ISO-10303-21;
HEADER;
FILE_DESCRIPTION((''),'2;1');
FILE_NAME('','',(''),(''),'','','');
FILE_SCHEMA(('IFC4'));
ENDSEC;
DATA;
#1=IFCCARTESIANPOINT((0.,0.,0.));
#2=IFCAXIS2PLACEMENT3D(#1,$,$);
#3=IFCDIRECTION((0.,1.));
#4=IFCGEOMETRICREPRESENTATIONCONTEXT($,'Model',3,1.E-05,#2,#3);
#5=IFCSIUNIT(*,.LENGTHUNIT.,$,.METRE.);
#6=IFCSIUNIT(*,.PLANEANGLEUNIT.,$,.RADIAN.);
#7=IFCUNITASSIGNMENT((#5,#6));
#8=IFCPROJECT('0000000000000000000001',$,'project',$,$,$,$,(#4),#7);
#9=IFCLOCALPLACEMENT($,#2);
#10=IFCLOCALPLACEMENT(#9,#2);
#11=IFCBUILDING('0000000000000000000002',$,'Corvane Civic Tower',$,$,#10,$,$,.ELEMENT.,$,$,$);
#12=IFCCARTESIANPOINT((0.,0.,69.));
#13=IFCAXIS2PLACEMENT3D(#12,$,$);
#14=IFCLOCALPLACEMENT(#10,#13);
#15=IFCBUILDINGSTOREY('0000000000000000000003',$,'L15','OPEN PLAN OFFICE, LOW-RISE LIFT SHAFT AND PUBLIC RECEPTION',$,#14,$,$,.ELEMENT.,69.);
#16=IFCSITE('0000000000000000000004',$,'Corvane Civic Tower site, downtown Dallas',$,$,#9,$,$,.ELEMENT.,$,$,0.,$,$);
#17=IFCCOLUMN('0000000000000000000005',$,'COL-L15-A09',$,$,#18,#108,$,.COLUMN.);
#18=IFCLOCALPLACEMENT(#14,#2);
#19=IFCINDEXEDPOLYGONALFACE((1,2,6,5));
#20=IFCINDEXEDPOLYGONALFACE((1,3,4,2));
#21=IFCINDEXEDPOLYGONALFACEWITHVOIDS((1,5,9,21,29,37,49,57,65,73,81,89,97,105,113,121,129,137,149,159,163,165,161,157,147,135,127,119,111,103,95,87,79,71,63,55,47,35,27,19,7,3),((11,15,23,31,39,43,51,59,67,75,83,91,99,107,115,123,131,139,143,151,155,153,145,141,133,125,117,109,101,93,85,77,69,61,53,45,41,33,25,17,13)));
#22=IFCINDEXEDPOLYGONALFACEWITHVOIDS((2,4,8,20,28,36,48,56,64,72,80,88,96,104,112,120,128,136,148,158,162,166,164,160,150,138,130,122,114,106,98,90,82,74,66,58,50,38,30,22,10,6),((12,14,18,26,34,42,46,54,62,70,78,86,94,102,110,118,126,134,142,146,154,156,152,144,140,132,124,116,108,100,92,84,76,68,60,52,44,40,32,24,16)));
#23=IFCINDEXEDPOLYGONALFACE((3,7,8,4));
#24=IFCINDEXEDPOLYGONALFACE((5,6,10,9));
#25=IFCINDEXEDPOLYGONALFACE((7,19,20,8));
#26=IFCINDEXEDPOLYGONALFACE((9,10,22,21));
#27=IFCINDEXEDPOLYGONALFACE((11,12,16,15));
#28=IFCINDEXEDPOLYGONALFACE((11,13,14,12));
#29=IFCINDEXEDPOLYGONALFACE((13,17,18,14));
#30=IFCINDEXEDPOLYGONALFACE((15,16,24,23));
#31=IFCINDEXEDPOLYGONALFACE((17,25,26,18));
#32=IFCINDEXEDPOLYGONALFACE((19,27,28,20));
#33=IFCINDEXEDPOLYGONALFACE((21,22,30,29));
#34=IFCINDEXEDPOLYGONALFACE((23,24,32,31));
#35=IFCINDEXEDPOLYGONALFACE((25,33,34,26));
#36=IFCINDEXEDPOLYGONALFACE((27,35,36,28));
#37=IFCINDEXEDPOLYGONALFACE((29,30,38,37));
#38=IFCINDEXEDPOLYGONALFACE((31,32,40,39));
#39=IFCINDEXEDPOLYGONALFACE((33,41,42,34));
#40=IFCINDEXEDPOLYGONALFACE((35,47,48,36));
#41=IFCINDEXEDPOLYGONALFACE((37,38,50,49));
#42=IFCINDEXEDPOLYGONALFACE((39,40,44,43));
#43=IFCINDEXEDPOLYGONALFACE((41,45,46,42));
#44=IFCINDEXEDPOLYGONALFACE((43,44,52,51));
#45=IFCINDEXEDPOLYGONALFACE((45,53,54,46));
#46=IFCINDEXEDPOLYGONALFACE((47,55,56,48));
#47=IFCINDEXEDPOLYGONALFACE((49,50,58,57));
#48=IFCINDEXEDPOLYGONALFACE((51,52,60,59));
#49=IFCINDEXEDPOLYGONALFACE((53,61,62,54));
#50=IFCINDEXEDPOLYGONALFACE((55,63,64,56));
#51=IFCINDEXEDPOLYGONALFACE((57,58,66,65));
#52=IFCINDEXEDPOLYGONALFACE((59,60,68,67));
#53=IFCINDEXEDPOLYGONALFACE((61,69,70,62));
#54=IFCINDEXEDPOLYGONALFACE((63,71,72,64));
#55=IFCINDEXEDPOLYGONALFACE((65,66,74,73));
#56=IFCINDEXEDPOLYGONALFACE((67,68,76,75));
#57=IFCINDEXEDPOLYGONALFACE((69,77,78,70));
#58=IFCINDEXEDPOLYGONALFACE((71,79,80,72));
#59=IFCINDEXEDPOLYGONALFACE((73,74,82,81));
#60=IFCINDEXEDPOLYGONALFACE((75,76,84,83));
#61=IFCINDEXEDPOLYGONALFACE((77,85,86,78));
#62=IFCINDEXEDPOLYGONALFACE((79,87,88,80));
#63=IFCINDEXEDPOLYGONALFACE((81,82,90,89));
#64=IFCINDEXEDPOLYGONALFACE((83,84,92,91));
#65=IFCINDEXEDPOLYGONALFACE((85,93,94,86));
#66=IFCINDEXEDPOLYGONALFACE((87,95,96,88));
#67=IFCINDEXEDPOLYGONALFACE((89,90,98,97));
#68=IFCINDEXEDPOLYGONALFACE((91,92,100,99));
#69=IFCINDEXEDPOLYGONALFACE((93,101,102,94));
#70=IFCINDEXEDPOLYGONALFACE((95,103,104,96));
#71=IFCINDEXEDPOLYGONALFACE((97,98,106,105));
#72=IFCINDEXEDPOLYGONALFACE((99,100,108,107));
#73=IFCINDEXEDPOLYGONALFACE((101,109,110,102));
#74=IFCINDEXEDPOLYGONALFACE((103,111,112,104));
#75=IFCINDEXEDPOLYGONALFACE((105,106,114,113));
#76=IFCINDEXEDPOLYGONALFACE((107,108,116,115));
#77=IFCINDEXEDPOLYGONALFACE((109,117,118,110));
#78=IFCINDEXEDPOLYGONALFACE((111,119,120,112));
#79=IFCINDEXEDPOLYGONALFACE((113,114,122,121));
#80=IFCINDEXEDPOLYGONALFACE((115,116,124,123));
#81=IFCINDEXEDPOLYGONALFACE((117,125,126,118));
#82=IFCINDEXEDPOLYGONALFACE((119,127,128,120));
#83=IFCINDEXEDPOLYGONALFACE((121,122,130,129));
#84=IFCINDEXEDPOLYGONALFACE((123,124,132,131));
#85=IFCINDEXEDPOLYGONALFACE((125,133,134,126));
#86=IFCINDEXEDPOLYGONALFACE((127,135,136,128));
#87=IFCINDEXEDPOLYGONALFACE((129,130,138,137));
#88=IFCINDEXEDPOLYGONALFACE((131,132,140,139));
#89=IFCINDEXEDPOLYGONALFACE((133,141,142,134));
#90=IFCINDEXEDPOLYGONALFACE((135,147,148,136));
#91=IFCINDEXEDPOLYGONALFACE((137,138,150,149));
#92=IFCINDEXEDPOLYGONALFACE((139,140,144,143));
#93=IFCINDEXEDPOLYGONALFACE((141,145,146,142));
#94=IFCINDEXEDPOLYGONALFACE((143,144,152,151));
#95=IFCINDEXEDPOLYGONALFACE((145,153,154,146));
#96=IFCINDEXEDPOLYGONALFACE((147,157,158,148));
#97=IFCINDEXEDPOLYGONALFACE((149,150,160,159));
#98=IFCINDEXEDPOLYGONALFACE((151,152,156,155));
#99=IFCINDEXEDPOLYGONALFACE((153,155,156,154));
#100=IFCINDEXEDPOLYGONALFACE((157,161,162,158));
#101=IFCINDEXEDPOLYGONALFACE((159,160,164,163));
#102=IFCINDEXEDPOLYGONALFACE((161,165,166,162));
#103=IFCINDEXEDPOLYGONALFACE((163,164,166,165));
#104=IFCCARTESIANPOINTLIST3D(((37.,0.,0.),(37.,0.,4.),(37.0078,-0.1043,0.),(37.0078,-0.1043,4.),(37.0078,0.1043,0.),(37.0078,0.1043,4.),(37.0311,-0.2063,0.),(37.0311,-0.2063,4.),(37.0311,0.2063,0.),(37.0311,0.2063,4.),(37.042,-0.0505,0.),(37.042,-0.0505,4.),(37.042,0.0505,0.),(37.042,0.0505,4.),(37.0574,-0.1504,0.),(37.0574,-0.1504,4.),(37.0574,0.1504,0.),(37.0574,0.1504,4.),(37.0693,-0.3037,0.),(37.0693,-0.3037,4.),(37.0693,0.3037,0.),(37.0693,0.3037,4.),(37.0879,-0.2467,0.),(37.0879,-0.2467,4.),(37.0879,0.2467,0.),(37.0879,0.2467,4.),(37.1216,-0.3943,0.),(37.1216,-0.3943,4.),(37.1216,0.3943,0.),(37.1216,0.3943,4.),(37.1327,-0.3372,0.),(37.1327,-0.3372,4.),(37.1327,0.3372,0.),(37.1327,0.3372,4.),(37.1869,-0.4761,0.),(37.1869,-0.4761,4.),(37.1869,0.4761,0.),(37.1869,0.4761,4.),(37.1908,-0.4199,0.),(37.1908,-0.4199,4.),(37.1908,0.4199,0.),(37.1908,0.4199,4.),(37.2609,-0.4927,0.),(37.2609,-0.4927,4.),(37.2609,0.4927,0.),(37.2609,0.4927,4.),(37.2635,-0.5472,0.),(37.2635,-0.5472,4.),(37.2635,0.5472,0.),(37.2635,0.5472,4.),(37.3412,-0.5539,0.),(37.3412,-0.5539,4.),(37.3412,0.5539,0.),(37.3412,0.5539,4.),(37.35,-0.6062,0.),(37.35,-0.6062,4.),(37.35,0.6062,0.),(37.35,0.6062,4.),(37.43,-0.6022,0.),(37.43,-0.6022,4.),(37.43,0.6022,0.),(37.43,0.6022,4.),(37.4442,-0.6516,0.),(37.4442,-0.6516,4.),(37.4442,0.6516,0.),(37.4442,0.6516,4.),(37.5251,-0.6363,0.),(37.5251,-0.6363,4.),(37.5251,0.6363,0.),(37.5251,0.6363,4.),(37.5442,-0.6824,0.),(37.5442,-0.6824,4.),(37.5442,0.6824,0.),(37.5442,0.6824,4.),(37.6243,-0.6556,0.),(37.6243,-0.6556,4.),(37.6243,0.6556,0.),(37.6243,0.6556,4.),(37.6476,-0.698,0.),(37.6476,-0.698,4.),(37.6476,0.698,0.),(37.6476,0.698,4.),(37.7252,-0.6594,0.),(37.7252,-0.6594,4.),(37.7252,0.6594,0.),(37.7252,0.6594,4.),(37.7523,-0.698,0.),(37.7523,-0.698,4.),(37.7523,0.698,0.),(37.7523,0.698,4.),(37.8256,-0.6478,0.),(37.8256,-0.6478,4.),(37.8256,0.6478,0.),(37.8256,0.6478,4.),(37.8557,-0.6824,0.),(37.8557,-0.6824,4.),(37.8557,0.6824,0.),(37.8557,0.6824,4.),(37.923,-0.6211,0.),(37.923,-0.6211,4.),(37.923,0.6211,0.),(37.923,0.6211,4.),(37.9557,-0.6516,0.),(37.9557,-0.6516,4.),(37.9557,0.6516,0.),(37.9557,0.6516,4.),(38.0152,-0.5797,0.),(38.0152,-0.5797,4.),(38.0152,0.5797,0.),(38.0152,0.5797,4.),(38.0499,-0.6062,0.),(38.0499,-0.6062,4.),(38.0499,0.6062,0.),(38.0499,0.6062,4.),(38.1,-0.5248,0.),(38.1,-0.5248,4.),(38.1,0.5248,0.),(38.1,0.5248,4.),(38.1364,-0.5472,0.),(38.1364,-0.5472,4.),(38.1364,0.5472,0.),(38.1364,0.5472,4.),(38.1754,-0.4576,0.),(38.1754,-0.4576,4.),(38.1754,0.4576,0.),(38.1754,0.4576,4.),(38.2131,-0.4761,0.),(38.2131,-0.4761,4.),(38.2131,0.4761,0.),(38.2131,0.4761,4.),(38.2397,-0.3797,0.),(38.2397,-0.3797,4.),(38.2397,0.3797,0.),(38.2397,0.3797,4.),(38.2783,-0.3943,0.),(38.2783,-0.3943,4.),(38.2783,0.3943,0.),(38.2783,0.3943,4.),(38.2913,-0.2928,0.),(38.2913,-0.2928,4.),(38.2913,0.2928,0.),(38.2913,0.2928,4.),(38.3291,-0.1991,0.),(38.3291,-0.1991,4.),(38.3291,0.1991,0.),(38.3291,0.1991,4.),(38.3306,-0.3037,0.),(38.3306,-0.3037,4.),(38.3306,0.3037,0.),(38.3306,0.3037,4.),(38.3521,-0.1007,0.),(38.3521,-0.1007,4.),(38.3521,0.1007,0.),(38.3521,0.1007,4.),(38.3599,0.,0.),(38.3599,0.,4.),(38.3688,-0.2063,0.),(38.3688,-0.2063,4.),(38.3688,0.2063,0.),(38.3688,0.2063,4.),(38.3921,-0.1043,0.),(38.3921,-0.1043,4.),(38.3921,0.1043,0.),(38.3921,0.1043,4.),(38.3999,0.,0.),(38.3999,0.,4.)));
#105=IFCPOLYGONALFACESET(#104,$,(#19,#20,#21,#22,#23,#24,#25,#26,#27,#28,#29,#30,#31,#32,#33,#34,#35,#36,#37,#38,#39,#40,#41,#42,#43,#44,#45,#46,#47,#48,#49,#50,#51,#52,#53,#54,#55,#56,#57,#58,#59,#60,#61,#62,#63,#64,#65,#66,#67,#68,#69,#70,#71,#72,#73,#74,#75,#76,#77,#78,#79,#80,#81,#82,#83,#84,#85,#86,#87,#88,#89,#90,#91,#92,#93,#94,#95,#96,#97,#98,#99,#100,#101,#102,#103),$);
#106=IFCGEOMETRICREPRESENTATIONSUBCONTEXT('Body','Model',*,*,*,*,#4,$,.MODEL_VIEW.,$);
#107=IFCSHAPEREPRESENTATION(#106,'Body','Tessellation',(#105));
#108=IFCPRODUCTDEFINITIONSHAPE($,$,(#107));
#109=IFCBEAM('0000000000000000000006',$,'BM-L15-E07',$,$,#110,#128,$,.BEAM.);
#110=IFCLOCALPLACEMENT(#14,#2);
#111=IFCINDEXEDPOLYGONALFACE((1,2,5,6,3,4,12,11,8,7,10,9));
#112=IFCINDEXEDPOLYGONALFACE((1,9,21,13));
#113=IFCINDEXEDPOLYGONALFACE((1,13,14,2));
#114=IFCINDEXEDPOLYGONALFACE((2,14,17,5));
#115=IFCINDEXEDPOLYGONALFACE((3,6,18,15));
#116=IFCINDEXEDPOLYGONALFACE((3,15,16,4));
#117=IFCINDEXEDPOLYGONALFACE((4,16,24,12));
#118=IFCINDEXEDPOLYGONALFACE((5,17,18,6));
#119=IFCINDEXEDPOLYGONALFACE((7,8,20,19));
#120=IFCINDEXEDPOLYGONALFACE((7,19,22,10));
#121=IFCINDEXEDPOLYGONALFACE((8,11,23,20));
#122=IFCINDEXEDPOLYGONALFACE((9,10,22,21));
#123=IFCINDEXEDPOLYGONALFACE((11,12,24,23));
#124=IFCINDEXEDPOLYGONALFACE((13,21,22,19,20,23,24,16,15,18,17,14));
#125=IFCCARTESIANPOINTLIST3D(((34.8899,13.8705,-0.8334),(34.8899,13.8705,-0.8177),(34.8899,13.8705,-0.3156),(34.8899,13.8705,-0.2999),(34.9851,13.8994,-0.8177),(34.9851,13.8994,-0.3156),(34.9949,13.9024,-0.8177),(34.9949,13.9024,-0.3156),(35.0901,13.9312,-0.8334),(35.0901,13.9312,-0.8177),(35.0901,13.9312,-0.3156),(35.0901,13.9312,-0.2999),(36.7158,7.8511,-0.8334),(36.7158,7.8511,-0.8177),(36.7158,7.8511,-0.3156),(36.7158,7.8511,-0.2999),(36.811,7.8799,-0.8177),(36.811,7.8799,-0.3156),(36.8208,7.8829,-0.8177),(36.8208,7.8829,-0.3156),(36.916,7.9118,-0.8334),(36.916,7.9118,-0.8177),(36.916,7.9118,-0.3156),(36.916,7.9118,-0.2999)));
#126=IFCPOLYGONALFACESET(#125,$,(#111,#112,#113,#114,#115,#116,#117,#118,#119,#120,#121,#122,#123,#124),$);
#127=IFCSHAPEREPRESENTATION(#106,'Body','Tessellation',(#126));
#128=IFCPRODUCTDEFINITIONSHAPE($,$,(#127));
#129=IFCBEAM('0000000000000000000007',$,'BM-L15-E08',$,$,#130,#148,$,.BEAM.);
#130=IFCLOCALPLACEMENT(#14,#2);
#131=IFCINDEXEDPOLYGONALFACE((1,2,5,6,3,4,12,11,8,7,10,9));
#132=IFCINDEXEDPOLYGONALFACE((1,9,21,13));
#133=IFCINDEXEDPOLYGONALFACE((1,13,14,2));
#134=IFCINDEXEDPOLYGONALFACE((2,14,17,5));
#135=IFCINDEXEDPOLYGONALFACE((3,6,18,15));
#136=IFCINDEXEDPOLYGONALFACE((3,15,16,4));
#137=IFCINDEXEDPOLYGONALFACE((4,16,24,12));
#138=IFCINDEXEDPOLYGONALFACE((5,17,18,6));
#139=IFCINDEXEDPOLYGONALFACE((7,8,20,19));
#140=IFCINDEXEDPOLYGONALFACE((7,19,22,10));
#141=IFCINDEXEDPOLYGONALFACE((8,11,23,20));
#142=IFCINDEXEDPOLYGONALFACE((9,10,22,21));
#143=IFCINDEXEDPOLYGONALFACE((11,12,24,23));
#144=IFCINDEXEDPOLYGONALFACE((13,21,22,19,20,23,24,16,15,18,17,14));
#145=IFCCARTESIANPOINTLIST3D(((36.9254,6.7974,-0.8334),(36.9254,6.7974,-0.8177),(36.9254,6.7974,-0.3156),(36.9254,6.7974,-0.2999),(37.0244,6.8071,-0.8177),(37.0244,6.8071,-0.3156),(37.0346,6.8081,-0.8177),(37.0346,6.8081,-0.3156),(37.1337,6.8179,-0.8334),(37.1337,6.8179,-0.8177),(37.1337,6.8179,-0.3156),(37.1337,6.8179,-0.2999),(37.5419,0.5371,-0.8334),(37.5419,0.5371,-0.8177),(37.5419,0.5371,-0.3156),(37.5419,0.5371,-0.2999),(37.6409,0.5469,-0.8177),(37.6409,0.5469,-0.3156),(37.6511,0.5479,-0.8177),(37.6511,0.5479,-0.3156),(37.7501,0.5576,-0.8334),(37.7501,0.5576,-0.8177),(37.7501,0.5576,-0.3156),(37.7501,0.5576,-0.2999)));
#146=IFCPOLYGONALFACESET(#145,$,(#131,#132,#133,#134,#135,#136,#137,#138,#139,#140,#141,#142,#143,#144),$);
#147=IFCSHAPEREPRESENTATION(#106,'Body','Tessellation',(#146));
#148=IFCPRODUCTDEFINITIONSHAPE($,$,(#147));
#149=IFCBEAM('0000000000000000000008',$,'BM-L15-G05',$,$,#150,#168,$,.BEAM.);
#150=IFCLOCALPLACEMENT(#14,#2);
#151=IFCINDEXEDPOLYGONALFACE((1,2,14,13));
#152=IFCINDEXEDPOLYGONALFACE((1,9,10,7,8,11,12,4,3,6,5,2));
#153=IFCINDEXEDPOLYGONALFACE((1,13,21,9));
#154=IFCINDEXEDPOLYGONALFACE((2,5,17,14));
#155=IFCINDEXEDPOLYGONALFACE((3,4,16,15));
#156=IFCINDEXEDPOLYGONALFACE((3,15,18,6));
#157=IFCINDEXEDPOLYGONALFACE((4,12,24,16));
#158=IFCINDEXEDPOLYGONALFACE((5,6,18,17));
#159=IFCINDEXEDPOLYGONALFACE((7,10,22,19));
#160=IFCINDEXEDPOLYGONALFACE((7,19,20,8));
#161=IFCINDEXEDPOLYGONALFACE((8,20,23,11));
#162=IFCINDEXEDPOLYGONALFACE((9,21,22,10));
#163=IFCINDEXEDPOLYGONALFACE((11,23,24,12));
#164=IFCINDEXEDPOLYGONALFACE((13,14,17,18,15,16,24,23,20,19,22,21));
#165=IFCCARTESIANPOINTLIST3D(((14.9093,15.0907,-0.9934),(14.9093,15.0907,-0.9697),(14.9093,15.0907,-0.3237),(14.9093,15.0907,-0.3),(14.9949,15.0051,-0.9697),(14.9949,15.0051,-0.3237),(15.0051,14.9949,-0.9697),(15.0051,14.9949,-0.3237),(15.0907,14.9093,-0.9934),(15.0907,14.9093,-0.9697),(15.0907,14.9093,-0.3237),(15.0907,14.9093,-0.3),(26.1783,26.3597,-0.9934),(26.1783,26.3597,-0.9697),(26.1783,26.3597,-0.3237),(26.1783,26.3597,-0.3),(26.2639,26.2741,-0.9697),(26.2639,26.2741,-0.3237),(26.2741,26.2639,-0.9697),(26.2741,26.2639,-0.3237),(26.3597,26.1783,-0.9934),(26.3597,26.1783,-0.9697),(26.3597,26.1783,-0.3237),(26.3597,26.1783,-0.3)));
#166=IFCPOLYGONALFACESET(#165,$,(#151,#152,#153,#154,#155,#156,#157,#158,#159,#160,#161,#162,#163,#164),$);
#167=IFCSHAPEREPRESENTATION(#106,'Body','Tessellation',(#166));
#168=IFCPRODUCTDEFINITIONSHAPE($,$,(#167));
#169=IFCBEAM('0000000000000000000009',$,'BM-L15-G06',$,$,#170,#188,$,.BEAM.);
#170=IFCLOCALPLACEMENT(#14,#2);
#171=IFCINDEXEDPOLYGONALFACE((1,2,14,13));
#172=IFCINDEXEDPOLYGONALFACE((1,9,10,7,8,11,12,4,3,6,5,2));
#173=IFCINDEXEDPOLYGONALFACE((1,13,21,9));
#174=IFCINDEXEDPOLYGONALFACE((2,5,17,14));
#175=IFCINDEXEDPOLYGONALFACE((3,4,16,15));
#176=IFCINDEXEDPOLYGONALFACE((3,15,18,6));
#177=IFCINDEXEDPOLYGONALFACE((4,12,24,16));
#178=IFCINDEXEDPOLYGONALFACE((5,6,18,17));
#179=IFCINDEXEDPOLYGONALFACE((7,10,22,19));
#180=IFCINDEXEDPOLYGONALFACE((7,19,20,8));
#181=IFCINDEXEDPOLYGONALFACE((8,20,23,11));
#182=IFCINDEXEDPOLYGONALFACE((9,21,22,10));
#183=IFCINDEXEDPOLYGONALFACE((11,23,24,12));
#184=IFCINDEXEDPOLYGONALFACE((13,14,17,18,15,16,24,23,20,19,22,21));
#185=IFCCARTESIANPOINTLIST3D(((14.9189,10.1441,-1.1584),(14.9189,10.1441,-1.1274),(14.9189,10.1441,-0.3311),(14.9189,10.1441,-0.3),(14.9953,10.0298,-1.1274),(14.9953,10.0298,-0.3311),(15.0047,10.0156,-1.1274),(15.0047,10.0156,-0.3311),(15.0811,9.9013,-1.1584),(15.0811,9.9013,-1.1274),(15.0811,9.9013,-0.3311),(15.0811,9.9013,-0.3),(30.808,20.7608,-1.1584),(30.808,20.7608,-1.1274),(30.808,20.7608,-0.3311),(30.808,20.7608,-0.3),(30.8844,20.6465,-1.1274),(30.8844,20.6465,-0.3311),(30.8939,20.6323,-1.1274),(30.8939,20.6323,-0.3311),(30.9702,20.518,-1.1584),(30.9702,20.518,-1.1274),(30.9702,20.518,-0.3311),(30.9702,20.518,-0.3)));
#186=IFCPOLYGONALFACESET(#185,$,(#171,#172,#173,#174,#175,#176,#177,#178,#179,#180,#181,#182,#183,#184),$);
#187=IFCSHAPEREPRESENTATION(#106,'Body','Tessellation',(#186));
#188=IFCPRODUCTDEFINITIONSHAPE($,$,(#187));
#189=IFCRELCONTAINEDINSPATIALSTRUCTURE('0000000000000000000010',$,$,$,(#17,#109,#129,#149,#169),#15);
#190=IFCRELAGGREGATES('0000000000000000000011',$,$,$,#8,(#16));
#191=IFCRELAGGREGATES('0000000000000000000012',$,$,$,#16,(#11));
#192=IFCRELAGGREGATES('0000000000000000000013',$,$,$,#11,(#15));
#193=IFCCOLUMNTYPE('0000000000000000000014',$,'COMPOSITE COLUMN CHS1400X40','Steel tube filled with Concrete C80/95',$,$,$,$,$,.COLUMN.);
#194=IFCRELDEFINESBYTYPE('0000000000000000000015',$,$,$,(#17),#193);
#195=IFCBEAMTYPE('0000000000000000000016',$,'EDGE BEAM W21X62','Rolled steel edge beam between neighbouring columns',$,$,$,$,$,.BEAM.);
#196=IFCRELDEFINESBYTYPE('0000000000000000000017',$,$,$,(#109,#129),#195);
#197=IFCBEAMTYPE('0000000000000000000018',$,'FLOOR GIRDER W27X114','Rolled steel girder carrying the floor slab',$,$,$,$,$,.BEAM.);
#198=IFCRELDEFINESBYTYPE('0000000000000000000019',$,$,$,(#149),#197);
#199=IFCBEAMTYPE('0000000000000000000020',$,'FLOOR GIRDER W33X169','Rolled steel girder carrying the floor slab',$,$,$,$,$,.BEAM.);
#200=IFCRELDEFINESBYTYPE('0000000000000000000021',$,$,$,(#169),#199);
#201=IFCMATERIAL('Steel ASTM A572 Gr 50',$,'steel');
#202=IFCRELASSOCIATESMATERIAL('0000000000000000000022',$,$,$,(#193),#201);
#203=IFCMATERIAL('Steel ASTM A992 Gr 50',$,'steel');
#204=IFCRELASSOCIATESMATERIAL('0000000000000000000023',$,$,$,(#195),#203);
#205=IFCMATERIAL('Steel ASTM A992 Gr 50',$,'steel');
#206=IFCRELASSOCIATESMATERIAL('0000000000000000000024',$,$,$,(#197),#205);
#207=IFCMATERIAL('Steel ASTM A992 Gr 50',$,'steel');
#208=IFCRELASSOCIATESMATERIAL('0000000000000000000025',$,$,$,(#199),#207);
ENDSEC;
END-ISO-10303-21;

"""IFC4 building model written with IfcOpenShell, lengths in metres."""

from ifc_helpers import new_model, si_unit, direction, frame, origin, origin_2d, place, context, subcontext, project, spatial, hollow_circle, i_section, extrude, material, material_profile, profile_set, type_object, element, save


model = new_model("IFC4")

# Units and contexts
model_context = context("Model", 3, precision=1e-05, world=origin(), true_north=direction((0.0, 1.0)))
body_context = subcontext(model_context, "Body", "Model", "MODEL_VIEW")
ifc_project = project(units=[si_unit("LENGTHUNIT", "METRE"), si_unit("PLANEANGLEUNIT", "RADIAN")], contexts=[model_context])

# Site, building, storey
site_placement = place(None, origin())
site = spatial("IfcSite", under=ifc_project, at=site_placement, Name="Corvane Civic Tower site, downtown Dallas", CompositionType="ELEMENT", RefElevation=0.0)
building_placement = place(site_placement, origin())
building = spatial("IfcBuilding", under=site, at=building_placement, Name="Corvane Civic Tower", CompositionType="ELEMENT")
storey_placement = place(building_placement, frame((0.0, 0.0, 69.0)))
storey = spatial("IfcBuildingStorey", under=building, at=storey_placement, Name="L15", Description="OPEN PLAN OFFICE, LOW-RISE LIFT SHAFT AND PUBLIC RECEPTION", CompositionType="ELEMENT", Elevation=69.0)

# Column
ifc_material_1 = material(Name="Steel ASTM A572 Gr 50", Category="steel")
ifc_material_profile_1 = material_profile(ifc_material_1, hollow_circle(Radius=0.7, WallThickness=0.04, at=origin_2d()), Name="CHS1400X40")
ifc_profile_set_1 = profile_set([ifc_material_profile_1], Name="Steel ASTM A572 Gr 50")
column_type = type_object("IfcColumnType", Name="COMPOSITE COLUMN CHS1400X40", Description="Steel tube filled with Concrete C80/95", PredefinedType="COLUMN", material=ifc_profile_set_1)
for number, where, z_axis, x_axis, name in (
    (1, (37.7, 0.0, 0.0), (0.0, 0.0, 1.0), (1.0, 0.0, 0.0), "COL-L15-A09"),
):
    element("IfcColumn", number, at=place(storey_placement, frame(where, z_axis=z_axis, x_axis=x_axis)), inside=storey, type_object=column_type, Name=name, PredefinedType="COLUMN", context=body_context, shape_type="SweptSolid", body=[
        extrude(hollow_circle(Radius=0.7, WallThickness=0.04, at=origin_2d()), origin(), (0.0, 0.0, 1.0), 4.0),
    ])

# Beams
ifc_material_2 = material(Name="Steel ASTM A992 Gr 50", Category="steel")
ifc_material_profile_2 = material_profile(ifc_material_2, i_section(OverallWidth=0.2092, OverallDepth=0.5334, WebThickness=0.0103, FlangeThickness=0.0156, at=origin_2d()), Name="W21X62")
ifc_profile_set_2 = profile_set([ifc_material_profile_2], Name="Steel ASTM A992 Gr 50")
beam_type_1 = type_object("IfcBeamType", Name="EDGE BEAM W21X62", Description="Rolled steel edge beam between neighbouring columns", PredefinedType="BEAM", material=ifc_profile_set_2)
beam_1_placement = place(storey_placement, frame((34.99, 13.9009, -0.5667), z_axis=(0.290273, -0.956944, 0.0), x_axis=(0.956944, 0.290273, 0.0)))
element("IfcBeam", 2, at=beam_1_placement, inside=storey, type_object=beam_type_1, Name="BM-L15-E07", PredefinedType="BEAM", context=body_context, shape_type="SweptSolid", body=[
    extrude(i_section(OverallWidth=0.2092, OverallDepth=0.5334, WebThickness=0.0103, FlangeThickness=0.0156, at=origin_2d()), origin(), (0.0, 0.0, 1.0), 6.2903),
])
beam_2_placement = place(storey_placement, frame((37.0295, 6.8076, -0.5667), z_axis=(0.097997, -0.995187, 0.0), x_axis=(0.995187, 0.097997, 0.0)))
element("IfcBeam", 3, at=beam_2_placement, inside=storey, type_object=beam_type_1, Name="BM-L15-E08", PredefinedType="BEAM", context=body_context, shape_type="SweptSolid", body=[
    extrude(i_section(OverallWidth=0.2092, OverallDepth=0.5334, WebThickness=0.0103, FlangeThickness=0.0156, at=origin_2d()), origin(), (0.0, 0.0, 1.0), 6.2905),
])
ifc_material_3 = material(Name="Steel ASTM A992 Gr 50", Category="steel")
ifc_material_profile_3 = material_profile(ifc_material_3, i_section(OverallWidth=0.2566, OverallDepth=0.6934, WebThickness=0.0144, FlangeThickness=0.0237, at=origin_2d()), Name="W27X114")
ifc_profile_set_3 = profile_set([ifc_material_profile_3], Name="Steel ASTM A992 Gr 50")
beam_type_2 = type_object("IfcBeamType", Name="FLOOR GIRDER W27X114", Description="Rolled steel girder carrying the floor slab", PredefinedType="BEAM", material=ifc_profile_set_3)
beam_3_placement = place(storey_placement, frame((15.0, 15.0, -0.6467), z_axis=(0.707107, 0.707107, 0.0), x_axis=(-0.707107, 0.707107, 0.0)))
element("IfcBeam", 4, at=beam_3_placement, inside=storey, type_object=beam_type_2, Name="BM-L15-G05", PredefinedType="BEAM", context=body_context, shape_type="SweptSolid", body=[
    extrude(i_section(OverallWidth=0.2566, OverallDepth=0.6934, WebThickness=0.0144, FlangeThickness=0.0237, at=origin_2d()), origin(), (0.0, 0.0, 1.0), 15.9368),
])
ifc_material_4 = material(Name="Steel ASTM A992 Gr 50", Category="steel")
ifc_material_profile_4 = material_profile(ifc_material_4, i_section(OverallWidth=0.292, OverallDepth=0.8584, WebThickness=0.0171, FlangeThickness=0.031, at=origin_2d()), Name="W33X169")
ifc_profile_set_4 = profile_set([ifc_material_profile_4], Name="Steel ASTM A992 Gr 50")
beam_type_3 = type_object("IfcBeamType", Name="FLOOR GIRDER W33X169", Description="Rolled steel girder carrying the floor slab", PredefinedType="BEAM", material=ifc_profile_set_4)
beam_4_placement = place(storey_placement, frame((15.0, 10.0227, -0.7292), z_axis=(0.831472, 0.555567, 0.0), x_axis=(-0.555567, 0.831472, 0.0)))
element("IfcBeam", 5, at=beam_4_placement, inside=storey, type_object=beam_type_3, Name="BM-L15-G06", PredefinedType="BEAM", context=body_context, shape_type="SweptSolid", body=[
    extrude(i_section(OverallWidth=0.292, OverallDepth=0.8584, WebThickness=0.0171, FlangeThickness=0.031, at=origin_2d()), origin(), (0.0, 0.0, 1.0), 19.1096),
])

save(model, "model.ifc")
